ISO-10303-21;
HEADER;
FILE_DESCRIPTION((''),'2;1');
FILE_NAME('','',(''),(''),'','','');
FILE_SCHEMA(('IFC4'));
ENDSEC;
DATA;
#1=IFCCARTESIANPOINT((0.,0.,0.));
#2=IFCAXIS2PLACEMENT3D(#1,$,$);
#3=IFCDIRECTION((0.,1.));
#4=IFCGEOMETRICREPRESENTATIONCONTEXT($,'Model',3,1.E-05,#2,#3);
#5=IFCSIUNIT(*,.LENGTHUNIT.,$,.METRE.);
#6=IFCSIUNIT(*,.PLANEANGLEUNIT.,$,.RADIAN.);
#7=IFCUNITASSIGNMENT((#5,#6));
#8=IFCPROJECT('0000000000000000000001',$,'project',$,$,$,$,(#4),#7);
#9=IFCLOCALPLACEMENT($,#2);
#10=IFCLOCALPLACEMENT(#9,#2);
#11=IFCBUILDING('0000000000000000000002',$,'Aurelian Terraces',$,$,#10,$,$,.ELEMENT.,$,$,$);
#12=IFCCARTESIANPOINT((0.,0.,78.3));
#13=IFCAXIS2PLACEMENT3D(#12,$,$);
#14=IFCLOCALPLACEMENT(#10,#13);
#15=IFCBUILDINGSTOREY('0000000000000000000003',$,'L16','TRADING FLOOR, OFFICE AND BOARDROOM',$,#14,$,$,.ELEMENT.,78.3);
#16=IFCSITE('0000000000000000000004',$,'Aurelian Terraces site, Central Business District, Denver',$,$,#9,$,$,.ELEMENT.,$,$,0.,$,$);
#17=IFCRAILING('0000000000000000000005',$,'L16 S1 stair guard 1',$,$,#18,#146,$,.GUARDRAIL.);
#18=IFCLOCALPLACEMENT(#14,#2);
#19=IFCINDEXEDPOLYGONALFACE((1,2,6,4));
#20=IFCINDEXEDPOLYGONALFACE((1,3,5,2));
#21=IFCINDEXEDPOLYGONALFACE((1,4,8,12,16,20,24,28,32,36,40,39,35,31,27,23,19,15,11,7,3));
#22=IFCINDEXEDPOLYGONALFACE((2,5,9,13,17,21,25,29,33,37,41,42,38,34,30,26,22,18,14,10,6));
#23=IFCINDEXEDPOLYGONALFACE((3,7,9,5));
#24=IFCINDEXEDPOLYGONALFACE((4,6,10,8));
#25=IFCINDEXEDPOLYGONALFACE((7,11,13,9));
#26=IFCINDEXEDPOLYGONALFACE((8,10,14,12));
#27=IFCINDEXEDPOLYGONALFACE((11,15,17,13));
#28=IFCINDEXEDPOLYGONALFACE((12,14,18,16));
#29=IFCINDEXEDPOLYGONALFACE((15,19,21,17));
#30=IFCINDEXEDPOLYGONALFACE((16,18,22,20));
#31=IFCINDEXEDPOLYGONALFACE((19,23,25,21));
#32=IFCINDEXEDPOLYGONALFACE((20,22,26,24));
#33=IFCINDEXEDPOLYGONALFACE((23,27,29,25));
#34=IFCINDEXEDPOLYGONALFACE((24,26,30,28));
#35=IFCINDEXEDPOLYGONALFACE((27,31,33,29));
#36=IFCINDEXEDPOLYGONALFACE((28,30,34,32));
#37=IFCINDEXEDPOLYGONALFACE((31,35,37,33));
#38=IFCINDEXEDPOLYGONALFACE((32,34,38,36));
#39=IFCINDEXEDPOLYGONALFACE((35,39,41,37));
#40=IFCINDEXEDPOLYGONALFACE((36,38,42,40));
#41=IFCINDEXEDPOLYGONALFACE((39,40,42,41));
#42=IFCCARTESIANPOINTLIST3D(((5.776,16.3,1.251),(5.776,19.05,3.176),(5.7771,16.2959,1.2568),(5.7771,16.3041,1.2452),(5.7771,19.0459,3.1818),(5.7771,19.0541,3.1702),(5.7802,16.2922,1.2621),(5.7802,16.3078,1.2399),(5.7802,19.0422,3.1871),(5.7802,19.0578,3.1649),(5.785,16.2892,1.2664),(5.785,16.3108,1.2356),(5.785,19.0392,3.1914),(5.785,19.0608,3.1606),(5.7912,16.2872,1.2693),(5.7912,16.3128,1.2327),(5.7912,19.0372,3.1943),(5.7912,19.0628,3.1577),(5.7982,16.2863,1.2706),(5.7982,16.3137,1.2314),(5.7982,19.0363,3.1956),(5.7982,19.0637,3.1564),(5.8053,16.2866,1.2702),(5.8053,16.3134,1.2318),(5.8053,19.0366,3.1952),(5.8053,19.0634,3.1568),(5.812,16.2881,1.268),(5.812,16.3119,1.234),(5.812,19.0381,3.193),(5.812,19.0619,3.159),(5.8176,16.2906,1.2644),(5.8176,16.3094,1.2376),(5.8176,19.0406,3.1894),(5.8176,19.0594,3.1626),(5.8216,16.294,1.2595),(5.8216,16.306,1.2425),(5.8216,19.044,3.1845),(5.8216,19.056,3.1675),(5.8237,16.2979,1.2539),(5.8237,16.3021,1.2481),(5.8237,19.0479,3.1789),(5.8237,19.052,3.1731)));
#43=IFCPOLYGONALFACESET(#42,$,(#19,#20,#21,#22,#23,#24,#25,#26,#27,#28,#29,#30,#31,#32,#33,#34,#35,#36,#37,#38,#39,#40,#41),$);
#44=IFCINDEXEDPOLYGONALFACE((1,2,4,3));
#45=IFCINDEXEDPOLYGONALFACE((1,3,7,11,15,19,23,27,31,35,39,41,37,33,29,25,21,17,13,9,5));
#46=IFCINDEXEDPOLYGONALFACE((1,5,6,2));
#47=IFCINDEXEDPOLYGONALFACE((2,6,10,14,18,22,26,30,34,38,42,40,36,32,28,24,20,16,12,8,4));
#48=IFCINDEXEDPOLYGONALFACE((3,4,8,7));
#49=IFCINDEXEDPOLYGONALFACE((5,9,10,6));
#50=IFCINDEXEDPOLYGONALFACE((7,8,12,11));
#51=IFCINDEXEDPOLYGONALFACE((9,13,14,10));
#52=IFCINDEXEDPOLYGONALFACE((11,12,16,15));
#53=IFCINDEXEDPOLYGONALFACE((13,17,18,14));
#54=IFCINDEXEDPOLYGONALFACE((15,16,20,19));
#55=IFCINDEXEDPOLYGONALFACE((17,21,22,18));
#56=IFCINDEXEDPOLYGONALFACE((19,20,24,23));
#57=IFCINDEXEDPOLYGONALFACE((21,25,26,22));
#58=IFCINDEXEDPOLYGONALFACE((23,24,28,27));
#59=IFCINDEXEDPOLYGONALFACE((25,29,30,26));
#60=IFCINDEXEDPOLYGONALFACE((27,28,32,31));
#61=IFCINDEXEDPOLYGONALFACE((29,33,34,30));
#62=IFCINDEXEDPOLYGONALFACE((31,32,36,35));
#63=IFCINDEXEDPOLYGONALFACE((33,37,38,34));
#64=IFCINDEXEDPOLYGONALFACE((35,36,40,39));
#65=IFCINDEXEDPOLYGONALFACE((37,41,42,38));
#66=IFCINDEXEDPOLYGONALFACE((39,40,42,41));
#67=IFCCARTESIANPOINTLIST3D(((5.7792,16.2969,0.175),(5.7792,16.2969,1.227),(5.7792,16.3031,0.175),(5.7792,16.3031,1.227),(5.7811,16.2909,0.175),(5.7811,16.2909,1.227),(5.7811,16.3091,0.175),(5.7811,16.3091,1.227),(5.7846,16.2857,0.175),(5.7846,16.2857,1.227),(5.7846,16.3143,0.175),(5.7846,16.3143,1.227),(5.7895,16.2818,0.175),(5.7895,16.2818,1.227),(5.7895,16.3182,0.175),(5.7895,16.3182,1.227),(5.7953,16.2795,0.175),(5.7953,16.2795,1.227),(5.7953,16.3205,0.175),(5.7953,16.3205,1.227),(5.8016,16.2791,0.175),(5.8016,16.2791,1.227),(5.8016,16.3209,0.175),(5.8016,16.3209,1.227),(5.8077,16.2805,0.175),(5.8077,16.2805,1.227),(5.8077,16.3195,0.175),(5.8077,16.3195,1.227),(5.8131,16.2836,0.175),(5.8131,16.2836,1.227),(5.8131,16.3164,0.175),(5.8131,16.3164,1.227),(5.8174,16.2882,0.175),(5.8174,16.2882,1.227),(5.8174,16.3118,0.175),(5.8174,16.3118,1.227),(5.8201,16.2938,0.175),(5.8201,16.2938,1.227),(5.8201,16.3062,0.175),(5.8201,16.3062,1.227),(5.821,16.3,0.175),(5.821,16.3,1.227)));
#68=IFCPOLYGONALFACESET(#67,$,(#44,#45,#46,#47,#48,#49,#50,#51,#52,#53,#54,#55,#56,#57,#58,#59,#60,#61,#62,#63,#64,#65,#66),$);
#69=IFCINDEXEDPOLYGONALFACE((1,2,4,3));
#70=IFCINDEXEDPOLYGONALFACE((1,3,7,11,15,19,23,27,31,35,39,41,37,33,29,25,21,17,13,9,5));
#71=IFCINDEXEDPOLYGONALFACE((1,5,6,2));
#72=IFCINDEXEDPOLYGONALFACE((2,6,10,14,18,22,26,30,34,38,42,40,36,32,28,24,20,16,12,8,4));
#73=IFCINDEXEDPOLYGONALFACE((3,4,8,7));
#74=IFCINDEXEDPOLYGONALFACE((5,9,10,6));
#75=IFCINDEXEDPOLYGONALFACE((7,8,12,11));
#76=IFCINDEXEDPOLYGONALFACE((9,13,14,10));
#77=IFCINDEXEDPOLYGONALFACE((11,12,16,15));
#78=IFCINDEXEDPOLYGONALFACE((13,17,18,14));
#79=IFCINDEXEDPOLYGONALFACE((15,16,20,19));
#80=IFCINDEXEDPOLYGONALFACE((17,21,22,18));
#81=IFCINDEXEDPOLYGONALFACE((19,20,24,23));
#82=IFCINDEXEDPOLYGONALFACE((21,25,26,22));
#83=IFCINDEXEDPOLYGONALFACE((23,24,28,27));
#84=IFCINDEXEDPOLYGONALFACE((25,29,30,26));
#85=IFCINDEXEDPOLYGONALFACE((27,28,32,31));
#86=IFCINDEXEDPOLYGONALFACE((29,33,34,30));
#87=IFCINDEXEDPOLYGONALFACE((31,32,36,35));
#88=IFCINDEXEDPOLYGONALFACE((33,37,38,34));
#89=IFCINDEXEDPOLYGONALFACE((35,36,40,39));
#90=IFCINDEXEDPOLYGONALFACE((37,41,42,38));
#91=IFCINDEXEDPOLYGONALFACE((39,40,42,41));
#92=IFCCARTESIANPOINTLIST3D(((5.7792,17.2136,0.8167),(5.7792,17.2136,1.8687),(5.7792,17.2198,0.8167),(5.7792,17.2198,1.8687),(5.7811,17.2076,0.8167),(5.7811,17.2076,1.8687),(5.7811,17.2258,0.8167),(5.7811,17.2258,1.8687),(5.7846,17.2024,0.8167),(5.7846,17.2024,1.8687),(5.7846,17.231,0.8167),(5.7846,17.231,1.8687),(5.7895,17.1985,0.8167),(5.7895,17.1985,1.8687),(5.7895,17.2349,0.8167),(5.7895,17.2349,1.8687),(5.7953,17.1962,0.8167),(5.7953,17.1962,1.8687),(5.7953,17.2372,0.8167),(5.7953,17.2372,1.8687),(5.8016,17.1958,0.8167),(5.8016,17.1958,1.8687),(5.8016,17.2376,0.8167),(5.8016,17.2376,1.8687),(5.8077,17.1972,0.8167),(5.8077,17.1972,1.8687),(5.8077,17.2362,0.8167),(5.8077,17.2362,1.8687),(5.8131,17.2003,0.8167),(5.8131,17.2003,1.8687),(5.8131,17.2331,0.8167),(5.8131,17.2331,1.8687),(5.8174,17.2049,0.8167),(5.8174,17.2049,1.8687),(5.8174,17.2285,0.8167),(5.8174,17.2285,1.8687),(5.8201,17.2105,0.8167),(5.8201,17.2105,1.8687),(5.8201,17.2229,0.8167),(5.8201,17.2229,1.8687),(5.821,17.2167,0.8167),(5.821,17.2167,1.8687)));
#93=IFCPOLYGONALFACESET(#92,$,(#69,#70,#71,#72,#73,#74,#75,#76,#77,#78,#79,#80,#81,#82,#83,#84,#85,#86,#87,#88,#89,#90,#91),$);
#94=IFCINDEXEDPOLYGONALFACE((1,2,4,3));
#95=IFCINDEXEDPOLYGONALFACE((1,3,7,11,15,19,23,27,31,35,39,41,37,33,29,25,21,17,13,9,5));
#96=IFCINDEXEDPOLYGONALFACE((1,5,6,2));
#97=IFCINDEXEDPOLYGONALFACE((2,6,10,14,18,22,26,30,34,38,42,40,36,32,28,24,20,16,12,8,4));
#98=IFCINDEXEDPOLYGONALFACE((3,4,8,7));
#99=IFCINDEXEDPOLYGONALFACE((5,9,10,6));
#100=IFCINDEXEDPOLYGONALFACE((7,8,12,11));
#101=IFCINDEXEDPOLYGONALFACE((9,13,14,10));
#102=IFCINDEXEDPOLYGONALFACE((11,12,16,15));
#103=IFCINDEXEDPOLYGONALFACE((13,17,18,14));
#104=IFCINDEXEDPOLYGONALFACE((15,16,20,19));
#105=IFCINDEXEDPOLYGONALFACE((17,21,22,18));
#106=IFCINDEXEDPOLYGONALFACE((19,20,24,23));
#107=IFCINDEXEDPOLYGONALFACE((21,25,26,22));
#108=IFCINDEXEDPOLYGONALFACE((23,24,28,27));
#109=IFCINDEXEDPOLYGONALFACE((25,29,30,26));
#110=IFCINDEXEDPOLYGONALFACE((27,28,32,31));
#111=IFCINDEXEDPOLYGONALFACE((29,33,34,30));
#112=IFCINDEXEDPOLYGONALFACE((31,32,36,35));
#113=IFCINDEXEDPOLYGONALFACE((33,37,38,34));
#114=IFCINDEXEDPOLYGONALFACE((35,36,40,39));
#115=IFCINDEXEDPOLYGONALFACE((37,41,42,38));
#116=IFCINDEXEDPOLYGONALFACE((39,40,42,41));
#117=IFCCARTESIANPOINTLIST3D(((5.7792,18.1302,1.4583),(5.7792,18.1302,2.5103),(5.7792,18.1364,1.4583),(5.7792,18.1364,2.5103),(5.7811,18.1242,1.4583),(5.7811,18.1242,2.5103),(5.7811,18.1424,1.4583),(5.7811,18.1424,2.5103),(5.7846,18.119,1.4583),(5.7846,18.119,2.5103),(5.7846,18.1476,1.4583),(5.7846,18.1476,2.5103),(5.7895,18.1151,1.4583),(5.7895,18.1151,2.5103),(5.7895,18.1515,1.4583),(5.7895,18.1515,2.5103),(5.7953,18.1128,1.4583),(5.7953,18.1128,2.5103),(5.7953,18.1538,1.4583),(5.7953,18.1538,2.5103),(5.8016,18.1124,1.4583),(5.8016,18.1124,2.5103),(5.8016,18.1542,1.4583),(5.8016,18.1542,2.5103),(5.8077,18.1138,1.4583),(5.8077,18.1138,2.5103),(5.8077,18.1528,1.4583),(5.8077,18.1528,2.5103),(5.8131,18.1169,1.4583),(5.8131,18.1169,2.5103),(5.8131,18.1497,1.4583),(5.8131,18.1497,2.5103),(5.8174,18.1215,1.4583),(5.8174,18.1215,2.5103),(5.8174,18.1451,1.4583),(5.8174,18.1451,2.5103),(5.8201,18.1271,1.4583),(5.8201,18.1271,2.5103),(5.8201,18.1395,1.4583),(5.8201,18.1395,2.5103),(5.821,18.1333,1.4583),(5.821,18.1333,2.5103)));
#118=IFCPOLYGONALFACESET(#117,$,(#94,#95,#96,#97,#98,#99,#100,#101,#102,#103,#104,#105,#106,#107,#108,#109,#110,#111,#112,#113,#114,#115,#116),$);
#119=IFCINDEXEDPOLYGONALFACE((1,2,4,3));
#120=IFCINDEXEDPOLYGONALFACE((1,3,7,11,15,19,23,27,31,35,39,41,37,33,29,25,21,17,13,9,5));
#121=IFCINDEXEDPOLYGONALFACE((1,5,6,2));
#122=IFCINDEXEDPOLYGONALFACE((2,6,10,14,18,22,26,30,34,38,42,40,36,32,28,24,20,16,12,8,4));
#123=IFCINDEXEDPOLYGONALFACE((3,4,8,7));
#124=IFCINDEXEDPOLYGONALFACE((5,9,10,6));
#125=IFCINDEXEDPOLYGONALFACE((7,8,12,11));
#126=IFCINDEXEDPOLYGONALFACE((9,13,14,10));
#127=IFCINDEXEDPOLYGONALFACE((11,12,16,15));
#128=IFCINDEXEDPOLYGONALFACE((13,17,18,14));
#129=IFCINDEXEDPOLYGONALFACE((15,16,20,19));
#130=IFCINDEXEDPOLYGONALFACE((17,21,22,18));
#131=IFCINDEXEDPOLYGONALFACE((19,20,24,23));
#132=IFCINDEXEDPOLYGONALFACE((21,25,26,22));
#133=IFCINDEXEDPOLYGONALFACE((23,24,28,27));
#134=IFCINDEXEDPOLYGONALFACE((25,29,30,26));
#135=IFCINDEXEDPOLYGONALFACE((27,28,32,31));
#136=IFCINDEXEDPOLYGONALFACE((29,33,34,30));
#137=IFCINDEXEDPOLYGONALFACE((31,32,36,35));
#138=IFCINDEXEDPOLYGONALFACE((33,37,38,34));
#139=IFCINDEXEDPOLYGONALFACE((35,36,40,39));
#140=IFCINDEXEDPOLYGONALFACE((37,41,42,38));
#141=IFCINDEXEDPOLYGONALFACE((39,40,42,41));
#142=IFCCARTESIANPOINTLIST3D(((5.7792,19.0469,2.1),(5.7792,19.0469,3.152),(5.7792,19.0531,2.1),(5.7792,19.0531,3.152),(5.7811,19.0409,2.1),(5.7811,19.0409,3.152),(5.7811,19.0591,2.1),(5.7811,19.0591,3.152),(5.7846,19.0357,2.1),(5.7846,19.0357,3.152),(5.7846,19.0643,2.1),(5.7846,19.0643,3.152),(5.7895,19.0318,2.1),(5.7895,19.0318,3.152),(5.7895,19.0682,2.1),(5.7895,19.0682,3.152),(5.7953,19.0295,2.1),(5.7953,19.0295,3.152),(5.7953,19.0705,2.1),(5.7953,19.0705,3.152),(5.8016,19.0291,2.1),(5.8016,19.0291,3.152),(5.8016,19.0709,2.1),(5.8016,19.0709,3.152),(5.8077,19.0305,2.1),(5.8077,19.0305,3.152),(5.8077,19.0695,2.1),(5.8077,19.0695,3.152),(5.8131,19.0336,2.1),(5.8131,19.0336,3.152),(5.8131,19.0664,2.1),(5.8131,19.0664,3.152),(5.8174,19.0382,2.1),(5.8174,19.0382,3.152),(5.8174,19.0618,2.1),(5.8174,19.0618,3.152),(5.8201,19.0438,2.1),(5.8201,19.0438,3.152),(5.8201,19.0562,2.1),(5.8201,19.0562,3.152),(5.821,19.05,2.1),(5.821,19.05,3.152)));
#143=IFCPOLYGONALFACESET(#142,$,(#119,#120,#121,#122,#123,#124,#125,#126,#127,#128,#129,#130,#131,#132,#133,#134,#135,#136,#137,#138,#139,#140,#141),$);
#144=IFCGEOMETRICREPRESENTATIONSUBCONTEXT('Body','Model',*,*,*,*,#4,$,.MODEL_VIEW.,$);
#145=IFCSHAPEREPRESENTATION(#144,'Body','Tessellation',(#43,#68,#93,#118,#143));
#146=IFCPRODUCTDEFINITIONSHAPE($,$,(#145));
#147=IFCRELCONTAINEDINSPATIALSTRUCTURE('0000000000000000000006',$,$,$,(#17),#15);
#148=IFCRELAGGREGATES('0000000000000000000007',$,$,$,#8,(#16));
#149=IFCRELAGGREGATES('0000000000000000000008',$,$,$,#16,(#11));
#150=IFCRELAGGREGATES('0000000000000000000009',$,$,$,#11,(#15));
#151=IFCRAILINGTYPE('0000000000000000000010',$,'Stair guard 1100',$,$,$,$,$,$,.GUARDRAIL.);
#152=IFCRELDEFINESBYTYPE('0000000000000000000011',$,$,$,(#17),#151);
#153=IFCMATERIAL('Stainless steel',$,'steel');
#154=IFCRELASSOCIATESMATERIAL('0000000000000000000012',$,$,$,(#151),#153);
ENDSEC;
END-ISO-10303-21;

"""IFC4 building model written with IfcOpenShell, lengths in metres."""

from ifc_helpers import new_model, si_unit, direction, frame, origin, origin_2d, place, context, subcontext, project, spatial, circle, extrude, source, transform, mapped, material, type_object, element, save


model = new_model("IFC4")

# Units and contexts
model_context = context("Model", 3, precision=1e-05, world=origin(), true_north=direction((0.0, 1.0)))
body_context = subcontext(model_context, "Body", "Model", "MODEL_VIEW")
ifc_project = project(units=[si_unit("LENGTHUNIT", "METRE"), si_unit("PLANEANGLEUNIT", "RADIAN")], contexts=[model_context])

# Site, building, storey
site_placement = place(None, origin())
site = spatial("IfcSite", under=ifc_project, at=site_placement, Name="Aurelian Terraces site, Central Business District, Denver", CompositionType="ELEMENT", RefElevation=0.0)
building_placement = place(site_placement, origin())
building = spatial("IfcBuilding", under=site, at=building_placement, Name="Aurelian Terraces", CompositionType="ELEMENT")
storey_placement = place(building_placement, frame((0.0, 0.0, 78.3)))
storey = spatial("IfcBuildingStorey", under=building, at=storey_placement, Name="L16", Description="TRADING FLOOR, OFFICE AND BOARDROOM", CompositionType="ELEMENT", Elevation=78.3)

# Railing
ifc_material_1 = material(Name="Stainless steel", Category="steel")
railing_type_1 = type_object("IfcRailingType", Name="Stair guard 1100", PredefinedType="GUARDRAIL", material=ifc_material_1)
shared_shape_1 = source(origin(), body_context, "Body", "SweptSolid", [
    extrude(circle(Radius=0.024, at=origin_2d()), frame((0.0, 0.0, 1.076), z_axis=(0.0, 0.819232, 0.573462), x_axis=(-1.0, 0.0, 0.0)), (0.0, 0.0, 1.0), 3.3568),
    extrude(circle(Radius=0.021, at=origin_2d()), origin(), (0.0, 0.0, 1.0), 1.052),
    extrude(circle(Radius=0.021, at=origin_2d()), frame((0.0, 0.9167, 0.6417)), (0.0, 0.0, 1.0), 1.052),
    extrude(circle(Radius=0.021, at=origin_2d()), frame((0.0, 1.8333, 1.2833)), (0.0, 0.0, 1.0), 1.052),
    extrude(circle(Radius=0.021, at=origin_2d()), frame((0.0, 2.75, 1.925)), (0.0, 0.0, 1.0), 1.052),
])
railing_1_placement = place(storey_placement, frame((5.8, 16.3, 0.175)))
element("IfcRailing", 1, at=railing_1_placement, inside=storey, type_object=railing_type_1, Name="L16 S1 stair guard 1", PredefinedType="GUARDRAIL", context=body_context, shape_type="MappedRepresentation", body=[
    mapped(shared_shape_1, transform((0.0, 0.0, 0.0), scale=1.0)),
])

save(model, "model.ifc")
